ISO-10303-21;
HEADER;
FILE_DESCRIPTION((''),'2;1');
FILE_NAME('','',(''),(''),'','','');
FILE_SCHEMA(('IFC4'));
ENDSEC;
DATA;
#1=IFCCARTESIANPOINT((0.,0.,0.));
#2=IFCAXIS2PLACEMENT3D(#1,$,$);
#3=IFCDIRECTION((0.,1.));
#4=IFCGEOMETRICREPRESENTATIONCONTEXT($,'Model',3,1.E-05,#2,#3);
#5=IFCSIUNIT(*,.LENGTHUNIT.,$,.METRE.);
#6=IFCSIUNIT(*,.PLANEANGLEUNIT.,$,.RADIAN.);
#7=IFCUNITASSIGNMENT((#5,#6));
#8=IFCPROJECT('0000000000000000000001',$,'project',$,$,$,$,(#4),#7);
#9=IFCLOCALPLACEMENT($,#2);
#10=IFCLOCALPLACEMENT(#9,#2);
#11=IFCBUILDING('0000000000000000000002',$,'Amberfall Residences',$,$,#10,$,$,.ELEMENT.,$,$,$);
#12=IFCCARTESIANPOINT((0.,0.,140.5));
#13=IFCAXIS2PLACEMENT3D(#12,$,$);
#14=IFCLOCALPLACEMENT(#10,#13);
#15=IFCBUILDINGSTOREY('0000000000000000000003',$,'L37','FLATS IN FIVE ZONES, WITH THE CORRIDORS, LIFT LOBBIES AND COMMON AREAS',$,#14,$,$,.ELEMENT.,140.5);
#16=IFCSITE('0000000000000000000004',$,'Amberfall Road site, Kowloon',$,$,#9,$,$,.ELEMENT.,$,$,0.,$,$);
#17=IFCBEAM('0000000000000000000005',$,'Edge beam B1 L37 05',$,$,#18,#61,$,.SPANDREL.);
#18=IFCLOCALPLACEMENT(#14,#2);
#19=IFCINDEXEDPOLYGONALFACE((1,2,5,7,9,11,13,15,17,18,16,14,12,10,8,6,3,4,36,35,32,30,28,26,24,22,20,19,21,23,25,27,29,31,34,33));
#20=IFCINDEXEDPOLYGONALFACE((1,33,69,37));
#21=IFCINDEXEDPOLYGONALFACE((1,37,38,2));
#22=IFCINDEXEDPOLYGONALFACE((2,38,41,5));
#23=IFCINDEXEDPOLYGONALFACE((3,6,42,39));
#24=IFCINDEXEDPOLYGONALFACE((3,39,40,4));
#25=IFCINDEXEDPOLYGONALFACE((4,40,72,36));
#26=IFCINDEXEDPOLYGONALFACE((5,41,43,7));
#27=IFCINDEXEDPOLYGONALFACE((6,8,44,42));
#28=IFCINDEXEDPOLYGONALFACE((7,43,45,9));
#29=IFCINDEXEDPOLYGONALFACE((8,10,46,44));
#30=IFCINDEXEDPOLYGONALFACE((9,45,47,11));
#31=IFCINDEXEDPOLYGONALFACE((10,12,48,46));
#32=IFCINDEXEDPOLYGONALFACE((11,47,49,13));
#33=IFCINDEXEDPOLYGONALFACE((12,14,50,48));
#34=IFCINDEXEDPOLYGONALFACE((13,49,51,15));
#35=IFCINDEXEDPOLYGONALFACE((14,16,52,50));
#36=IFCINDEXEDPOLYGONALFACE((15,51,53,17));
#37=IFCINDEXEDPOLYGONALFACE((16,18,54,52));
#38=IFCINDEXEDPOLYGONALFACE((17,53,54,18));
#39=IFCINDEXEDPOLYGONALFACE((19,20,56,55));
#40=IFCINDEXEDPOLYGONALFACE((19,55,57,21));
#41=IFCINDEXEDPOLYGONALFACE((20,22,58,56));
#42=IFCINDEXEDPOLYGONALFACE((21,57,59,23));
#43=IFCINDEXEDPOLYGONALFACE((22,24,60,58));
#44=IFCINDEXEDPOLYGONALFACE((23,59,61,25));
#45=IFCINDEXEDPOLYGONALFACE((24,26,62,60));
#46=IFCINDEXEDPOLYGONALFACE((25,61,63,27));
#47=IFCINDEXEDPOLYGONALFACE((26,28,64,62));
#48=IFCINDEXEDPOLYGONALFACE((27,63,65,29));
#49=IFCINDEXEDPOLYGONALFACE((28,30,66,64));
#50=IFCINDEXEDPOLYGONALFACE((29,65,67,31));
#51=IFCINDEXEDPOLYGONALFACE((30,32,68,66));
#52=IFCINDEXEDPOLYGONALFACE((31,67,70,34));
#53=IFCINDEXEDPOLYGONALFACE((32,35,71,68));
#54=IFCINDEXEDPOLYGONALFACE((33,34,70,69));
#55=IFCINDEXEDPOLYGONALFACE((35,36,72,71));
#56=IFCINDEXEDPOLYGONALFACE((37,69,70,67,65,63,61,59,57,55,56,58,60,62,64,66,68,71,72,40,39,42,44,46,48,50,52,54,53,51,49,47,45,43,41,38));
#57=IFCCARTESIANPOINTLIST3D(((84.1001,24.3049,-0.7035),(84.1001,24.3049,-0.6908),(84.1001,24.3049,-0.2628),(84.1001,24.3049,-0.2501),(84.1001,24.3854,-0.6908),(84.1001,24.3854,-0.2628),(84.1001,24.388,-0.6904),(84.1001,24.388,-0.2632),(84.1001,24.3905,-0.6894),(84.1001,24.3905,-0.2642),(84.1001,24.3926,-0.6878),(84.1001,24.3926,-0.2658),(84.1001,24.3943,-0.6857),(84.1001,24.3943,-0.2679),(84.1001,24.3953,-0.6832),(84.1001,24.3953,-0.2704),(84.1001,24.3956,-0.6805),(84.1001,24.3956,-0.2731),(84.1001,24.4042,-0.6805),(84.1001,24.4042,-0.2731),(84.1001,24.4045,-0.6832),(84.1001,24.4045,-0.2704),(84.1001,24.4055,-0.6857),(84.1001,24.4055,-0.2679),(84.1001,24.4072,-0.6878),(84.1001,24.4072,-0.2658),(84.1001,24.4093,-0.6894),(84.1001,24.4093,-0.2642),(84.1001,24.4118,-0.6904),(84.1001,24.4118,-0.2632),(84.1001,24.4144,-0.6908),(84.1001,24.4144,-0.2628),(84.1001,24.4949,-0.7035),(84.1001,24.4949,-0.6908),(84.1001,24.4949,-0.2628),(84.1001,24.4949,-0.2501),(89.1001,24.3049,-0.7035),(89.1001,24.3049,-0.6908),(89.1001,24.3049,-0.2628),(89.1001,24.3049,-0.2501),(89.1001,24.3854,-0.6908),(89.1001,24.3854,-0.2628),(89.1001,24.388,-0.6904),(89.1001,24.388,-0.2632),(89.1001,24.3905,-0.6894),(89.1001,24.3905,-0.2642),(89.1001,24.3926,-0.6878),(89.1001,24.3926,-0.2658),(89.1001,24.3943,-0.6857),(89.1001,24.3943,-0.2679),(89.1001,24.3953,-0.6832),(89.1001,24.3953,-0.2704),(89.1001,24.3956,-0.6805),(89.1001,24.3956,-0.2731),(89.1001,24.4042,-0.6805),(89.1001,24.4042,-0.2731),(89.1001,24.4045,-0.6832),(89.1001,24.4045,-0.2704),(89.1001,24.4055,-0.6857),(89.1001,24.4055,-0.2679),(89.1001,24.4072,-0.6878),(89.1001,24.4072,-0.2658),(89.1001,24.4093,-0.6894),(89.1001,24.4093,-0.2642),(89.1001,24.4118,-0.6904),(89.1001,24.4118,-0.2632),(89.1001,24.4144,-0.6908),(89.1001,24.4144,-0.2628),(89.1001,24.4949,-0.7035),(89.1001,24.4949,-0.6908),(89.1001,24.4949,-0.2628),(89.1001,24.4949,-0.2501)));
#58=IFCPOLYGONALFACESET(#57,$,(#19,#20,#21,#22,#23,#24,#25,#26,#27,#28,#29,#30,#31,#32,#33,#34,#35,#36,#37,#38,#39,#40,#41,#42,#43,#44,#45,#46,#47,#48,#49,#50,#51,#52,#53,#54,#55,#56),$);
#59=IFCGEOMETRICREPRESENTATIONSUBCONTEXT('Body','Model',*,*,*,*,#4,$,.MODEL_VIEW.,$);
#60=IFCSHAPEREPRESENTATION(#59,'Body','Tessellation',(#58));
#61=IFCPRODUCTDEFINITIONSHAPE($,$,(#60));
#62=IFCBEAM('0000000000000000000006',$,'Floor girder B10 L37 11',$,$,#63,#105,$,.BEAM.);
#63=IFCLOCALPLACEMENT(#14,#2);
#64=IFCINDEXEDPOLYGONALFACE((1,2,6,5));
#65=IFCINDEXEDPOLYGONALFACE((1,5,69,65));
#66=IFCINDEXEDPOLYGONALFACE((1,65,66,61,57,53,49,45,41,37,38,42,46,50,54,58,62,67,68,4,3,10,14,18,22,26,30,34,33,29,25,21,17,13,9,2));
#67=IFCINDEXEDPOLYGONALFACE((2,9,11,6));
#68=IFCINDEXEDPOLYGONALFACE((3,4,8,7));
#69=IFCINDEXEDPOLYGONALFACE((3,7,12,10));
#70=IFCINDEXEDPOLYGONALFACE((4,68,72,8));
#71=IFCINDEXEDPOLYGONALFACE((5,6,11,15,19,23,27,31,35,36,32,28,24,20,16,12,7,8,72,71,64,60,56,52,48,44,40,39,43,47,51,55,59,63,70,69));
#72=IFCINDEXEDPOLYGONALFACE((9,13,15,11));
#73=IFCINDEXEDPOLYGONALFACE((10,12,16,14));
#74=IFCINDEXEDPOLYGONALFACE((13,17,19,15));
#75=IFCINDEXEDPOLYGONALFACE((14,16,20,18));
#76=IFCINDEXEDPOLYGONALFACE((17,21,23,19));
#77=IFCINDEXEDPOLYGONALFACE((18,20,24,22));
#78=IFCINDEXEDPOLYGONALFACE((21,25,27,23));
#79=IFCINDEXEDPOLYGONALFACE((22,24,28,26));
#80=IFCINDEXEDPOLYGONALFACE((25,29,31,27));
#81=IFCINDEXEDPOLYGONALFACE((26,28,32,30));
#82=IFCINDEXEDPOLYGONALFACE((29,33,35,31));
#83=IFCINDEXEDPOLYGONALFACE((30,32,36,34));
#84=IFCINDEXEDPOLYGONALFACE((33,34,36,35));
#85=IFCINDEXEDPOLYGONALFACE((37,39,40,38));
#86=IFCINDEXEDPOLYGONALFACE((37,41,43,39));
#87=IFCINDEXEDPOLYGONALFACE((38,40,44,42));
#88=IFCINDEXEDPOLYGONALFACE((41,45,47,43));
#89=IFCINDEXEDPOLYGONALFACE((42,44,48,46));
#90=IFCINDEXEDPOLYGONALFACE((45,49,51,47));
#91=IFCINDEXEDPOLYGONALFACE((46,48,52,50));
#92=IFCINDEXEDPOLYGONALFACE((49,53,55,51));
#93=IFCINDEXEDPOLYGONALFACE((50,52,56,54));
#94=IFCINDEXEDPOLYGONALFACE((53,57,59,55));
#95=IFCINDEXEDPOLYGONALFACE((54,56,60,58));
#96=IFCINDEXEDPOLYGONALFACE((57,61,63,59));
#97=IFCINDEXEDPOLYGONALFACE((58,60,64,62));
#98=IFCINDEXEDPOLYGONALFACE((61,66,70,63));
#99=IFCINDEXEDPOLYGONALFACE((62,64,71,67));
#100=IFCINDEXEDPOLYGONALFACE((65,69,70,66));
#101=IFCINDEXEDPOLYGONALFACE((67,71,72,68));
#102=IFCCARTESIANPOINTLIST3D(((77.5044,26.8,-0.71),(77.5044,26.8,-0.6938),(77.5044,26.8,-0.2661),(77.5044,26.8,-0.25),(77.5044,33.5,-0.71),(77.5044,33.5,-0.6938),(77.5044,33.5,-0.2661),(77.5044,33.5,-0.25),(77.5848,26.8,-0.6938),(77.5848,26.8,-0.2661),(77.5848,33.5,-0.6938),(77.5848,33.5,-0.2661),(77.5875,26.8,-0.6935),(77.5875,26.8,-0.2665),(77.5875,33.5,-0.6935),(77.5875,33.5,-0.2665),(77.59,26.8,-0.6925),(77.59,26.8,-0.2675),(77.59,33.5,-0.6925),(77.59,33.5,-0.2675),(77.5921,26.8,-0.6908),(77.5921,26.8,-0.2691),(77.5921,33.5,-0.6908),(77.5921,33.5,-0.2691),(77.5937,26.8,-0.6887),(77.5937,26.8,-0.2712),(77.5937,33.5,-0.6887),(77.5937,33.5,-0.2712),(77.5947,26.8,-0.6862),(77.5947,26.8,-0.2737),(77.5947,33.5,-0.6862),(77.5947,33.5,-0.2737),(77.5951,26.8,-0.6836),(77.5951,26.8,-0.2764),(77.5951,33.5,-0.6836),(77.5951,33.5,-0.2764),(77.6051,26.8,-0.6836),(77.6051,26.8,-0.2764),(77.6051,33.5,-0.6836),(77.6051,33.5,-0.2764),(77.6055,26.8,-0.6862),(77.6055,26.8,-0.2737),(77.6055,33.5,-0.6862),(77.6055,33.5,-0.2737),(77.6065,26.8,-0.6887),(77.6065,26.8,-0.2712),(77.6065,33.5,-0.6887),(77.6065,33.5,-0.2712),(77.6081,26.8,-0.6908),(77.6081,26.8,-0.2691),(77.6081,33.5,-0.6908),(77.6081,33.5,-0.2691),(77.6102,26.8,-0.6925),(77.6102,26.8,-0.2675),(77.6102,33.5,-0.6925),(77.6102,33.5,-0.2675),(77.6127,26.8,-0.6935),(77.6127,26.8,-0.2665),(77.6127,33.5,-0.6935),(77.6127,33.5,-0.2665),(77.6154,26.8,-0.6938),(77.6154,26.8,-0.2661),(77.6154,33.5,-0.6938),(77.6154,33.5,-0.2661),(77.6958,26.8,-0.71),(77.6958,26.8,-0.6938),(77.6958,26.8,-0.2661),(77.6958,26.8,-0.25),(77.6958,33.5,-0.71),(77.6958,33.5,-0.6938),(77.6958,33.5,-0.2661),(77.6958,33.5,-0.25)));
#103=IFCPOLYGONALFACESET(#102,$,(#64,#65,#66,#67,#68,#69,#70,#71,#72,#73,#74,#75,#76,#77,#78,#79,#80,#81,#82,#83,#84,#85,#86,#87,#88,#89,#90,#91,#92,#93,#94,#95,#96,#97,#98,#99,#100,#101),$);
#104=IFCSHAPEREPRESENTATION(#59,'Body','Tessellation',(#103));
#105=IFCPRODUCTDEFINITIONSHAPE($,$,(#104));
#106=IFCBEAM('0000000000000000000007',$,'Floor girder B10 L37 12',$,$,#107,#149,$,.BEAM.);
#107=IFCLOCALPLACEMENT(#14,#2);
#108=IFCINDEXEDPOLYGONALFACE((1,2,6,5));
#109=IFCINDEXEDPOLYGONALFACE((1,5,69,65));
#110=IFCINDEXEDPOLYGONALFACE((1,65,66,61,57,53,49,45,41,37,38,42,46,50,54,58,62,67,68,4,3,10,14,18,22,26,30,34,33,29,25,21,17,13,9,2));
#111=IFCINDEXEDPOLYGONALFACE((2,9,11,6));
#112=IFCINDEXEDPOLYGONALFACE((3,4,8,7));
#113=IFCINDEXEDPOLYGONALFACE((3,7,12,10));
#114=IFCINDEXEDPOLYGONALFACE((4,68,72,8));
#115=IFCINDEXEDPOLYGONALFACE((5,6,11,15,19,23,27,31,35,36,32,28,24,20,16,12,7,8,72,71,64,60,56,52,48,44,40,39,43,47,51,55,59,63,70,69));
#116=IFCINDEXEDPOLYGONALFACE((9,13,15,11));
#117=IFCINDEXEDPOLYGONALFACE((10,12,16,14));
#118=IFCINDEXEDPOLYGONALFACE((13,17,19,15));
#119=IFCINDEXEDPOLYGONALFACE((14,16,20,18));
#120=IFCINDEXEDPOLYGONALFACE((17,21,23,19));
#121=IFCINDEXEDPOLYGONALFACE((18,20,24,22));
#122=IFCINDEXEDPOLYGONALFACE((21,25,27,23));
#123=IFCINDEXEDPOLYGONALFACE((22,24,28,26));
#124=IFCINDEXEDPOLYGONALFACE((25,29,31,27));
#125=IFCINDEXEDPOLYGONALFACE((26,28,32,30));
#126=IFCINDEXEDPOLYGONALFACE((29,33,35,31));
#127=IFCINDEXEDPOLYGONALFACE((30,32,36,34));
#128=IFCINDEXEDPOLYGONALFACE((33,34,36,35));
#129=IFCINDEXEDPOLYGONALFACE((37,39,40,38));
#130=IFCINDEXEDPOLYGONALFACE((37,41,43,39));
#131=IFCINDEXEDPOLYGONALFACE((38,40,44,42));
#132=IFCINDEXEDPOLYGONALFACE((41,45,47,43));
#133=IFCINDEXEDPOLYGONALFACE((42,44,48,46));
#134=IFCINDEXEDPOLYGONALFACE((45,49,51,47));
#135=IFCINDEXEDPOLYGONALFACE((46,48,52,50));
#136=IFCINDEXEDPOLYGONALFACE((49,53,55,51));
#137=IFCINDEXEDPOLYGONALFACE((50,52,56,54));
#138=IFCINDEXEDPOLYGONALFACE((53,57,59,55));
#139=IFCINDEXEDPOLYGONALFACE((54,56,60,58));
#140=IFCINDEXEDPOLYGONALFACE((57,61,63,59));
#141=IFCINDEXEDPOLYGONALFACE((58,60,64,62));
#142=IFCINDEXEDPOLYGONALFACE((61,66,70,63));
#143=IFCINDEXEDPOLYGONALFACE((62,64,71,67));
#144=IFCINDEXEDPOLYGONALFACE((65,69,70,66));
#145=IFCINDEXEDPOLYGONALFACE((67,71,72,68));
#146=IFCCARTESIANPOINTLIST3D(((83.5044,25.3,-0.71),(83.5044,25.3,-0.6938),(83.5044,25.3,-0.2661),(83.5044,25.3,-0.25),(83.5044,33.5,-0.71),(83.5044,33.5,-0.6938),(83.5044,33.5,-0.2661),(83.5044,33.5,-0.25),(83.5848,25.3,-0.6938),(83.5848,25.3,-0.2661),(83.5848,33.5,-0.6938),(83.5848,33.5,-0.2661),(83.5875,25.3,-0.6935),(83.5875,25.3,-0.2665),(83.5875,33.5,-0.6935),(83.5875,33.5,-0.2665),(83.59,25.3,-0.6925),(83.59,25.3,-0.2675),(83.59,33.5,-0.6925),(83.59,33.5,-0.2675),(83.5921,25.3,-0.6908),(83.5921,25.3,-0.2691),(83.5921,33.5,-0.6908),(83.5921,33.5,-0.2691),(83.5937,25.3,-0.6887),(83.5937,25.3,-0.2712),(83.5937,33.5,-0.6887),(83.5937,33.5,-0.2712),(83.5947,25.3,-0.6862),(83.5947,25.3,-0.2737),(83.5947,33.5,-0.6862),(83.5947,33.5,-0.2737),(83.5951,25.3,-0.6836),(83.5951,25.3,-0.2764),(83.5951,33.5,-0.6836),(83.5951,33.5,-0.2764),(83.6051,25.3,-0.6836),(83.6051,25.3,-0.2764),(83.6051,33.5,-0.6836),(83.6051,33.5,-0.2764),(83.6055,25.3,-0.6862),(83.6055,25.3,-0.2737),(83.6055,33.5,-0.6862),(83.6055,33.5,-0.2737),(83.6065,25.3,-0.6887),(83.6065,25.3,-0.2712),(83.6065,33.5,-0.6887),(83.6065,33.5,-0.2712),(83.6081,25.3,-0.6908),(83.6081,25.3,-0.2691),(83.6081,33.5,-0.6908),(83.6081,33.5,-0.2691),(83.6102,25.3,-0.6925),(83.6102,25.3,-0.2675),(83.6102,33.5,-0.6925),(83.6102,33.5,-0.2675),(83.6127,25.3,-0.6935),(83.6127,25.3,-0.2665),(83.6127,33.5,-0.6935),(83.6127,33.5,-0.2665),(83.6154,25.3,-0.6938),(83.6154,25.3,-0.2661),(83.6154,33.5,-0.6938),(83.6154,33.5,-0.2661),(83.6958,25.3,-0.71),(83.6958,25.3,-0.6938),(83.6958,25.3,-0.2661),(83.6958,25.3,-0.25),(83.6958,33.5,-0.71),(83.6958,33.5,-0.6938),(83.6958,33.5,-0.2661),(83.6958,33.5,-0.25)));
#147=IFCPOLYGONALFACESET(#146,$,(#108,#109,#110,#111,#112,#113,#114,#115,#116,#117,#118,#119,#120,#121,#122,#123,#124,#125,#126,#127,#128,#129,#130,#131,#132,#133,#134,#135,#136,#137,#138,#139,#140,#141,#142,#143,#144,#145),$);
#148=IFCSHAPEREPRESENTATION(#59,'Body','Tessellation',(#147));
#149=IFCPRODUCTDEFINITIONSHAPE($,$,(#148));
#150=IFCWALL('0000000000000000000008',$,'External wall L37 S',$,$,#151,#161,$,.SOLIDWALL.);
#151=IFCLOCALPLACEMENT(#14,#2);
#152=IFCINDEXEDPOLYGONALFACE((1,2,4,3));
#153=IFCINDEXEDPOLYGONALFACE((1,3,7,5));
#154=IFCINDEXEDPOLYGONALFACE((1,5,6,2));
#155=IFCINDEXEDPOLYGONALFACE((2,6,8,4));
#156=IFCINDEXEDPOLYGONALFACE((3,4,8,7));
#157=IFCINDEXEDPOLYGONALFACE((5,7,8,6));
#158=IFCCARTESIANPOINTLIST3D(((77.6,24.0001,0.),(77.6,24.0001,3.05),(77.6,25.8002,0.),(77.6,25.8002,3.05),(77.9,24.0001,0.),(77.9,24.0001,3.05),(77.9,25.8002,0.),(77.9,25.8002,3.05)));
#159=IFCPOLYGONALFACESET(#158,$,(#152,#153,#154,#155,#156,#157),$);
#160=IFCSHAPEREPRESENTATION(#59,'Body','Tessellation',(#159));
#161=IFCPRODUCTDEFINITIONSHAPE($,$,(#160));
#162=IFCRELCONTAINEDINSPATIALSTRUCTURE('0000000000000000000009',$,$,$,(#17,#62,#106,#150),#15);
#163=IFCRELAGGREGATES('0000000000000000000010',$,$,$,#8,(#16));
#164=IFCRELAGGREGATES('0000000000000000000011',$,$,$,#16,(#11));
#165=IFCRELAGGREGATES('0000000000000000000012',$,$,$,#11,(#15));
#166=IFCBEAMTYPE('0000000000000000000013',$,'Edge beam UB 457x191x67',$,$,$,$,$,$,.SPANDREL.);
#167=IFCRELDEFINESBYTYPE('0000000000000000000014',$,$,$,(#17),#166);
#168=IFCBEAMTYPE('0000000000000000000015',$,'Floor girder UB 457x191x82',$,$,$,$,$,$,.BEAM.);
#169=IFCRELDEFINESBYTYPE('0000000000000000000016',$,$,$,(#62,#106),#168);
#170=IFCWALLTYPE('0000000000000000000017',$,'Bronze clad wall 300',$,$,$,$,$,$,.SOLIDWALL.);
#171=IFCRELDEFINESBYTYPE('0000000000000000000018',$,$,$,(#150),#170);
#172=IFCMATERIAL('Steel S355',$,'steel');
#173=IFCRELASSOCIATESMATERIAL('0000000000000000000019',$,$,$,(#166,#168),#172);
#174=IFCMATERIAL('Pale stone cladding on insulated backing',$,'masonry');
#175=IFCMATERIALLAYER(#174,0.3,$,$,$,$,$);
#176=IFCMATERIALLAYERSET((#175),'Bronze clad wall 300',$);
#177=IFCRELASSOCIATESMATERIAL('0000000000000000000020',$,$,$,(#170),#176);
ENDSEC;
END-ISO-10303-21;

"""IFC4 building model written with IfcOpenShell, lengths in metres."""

from ifc_helpers import new_model, si_unit, direction, frame, frame_2d, origin, origin_2d, place, context, subcontext, project, spatial, rectangle, i_section, extrude, material, layer, layer_set, material_profile, profile_set, type_object, element, save


model = new_model("IFC4")

# Units and contexts
model_context = context("Model", 3, precision=1e-05, world=origin(), true_north=direction((0.0, 1.0)))
body_context = subcontext(model_context, "Body", "Model", "MODEL_VIEW")
ifc_project = project(units=[si_unit("LENGTHUNIT", "METRE"), si_unit("PLANEANGLEUNIT", "RADIAN")], contexts=[model_context])

# Site, building, storey
site_placement = place(None, origin())
site = spatial("IfcSite", under=ifc_project, at=site_placement, Name="Amberfall Road site, Kowloon", CompositionType="ELEMENT", RefElevation=0.0)
building_placement = place(site_placement, origin())
building = spatial("IfcBuilding", under=site, at=building_placement, Name="Amberfall Residences", CompositionType="ELEMENT")
storey_placement = place(building_placement, frame((0.0, 0.0, 140.5)))
storey = spatial("IfcBuildingStorey", under=building, at=storey_placement, Name="L37", Description="FLATS IN FIVE ZONES, WITH THE CORRIDORS, LIFT LOBBIES AND COMMON AREAS", CompositionType="ELEMENT", Elevation=140.5)

# Beams
ifc_material_1 = material(Name="Steel S355", Category="steel")
ifc_material_profile_1 = material_profile(ifc_material_1, i_section(OverallWidth=0.1899, OverallDepth=0.4534, WebThickness=0.0085, FlangeThickness=0.0127, FilletRadius=0.0103, at=origin_2d()), Name="UB 457x191x67")
ifc_profile_set_1 = profile_set([ifc_material_profile_1], Name="Steel S355")
beam_type_1 = type_object("IfcBeamType", Name="Edge beam UB 457x191x67", PredefinedType="SPANDREL", material=ifc_profile_set_1)
beam_1_placement = place(storey_placement, frame((84.1001, 24.3999, -0.4768), z_axis=(1.0, 0.0, 0.0), x_axis=(0.0, 1.0, 0.0)))
element("IfcBeam", 1, at=beam_1_placement, inside=storey, type_object=beam_type_1, Name="Edge beam B1 L37 05", PredefinedType="SPANDREL", context=body_context, shape_type="SweptSolid", body=[
    extrude(i_section(OverallWidth=0.1899, OverallDepth=0.4534, WebThickness=0.0085, FlangeThickness=0.0127, FilletRadius=0.0103, at=origin_2d()), origin(), (0.0, 0.0, 1.0), 5.0),
])
ifc_material_profile_2 = material_profile(ifc_material_1, i_section(OverallWidth=0.1914, OverallDepth=0.46, WebThickness=0.01, FlangeThickness=0.0161, FilletRadius=0.0103, at=origin_2d()), Name="UB 457x191x82")
ifc_profile_set_2 = profile_set([ifc_material_profile_2], Name="Steel S355")
beam_type_2 = type_object("IfcBeamType", Name="Floor girder UB 457x191x82", PredefinedType="BEAM", material=ifc_profile_set_2)
beam_2_placement = place(storey_placement, frame((77.6001, 26.8, -0.48), z_axis=(0.0, 1.0, 0.0), x_axis=(-1.0, 0.0, 0.0)))
element("IfcBeam", 2, at=beam_2_placement, inside=storey, type_object=beam_type_2, Name="Floor girder B10 L37 11", PredefinedType="BEAM", context=body_context, shape_type="SweptSolid", body=[
    extrude(i_section(OverallWidth=0.1914, OverallDepth=0.46, WebThickness=0.01, FlangeThickness=0.0161, FilletRadius=0.0103, at=origin_2d()), origin(), (0.0, 0.0, 1.0), 6.7),
])
beam_3_placement = place(storey_placement, frame((83.6001, 25.3, -0.48), z_axis=(0.0, 1.0, 0.0), x_axis=(-1.0, 0.0, 0.0)))
element("IfcBeam", 3, at=beam_3_placement, inside=storey, type_object=beam_type_2, Name="Floor girder B10 L37 12", PredefinedType="BEAM", context=body_context, shape_type="SweptSolid", body=[
    extrude(i_section(OverallWidth=0.1914, OverallDepth=0.46, WebThickness=0.01, FlangeThickness=0.0161, FilletRadius=0.0103, at=origin_2d()), origin(), (0.0, 0.0, 1.0), 8.2),
])

# Wall
ifc_material_2 = material(Name="Pale stone cladding on insulated backing", Category="masonry")
ifc_layer_1 = layer(ifc_material_2, 0.3)
ifc_layer_set_1 = layer_set([ifc_layer_1], Name="Bronze clad wall 300")
wall_type_1 = type_object("IfcWallType", Name="Bronze clad wall 300", PredefinedType="SOLIDWALL", material=ifc_layer_set_1)
wall_1_placement = place(storey_placement, frame((77.75, 25.8, 0.0), z_axis=(0.0, 0.0, 1.0), x_axis=(0.0, -1.0, 0.0)))
element("IfcWall", 4, at=wall_1_placement, inside=storey, type_object=wall_type_1, Name="External wall L37 S", PredefinedType="SOLIDWALL", context=body_context, shape_type="SweptSolid", body=[
    extrude(rectangle(XDim=1.8, YDim=0.3, at=frame_2d((0.8999, 0.0))), origin(), (0.0, 0.0, 1.0), 3.05),
])

save(model, "model.ifc")
